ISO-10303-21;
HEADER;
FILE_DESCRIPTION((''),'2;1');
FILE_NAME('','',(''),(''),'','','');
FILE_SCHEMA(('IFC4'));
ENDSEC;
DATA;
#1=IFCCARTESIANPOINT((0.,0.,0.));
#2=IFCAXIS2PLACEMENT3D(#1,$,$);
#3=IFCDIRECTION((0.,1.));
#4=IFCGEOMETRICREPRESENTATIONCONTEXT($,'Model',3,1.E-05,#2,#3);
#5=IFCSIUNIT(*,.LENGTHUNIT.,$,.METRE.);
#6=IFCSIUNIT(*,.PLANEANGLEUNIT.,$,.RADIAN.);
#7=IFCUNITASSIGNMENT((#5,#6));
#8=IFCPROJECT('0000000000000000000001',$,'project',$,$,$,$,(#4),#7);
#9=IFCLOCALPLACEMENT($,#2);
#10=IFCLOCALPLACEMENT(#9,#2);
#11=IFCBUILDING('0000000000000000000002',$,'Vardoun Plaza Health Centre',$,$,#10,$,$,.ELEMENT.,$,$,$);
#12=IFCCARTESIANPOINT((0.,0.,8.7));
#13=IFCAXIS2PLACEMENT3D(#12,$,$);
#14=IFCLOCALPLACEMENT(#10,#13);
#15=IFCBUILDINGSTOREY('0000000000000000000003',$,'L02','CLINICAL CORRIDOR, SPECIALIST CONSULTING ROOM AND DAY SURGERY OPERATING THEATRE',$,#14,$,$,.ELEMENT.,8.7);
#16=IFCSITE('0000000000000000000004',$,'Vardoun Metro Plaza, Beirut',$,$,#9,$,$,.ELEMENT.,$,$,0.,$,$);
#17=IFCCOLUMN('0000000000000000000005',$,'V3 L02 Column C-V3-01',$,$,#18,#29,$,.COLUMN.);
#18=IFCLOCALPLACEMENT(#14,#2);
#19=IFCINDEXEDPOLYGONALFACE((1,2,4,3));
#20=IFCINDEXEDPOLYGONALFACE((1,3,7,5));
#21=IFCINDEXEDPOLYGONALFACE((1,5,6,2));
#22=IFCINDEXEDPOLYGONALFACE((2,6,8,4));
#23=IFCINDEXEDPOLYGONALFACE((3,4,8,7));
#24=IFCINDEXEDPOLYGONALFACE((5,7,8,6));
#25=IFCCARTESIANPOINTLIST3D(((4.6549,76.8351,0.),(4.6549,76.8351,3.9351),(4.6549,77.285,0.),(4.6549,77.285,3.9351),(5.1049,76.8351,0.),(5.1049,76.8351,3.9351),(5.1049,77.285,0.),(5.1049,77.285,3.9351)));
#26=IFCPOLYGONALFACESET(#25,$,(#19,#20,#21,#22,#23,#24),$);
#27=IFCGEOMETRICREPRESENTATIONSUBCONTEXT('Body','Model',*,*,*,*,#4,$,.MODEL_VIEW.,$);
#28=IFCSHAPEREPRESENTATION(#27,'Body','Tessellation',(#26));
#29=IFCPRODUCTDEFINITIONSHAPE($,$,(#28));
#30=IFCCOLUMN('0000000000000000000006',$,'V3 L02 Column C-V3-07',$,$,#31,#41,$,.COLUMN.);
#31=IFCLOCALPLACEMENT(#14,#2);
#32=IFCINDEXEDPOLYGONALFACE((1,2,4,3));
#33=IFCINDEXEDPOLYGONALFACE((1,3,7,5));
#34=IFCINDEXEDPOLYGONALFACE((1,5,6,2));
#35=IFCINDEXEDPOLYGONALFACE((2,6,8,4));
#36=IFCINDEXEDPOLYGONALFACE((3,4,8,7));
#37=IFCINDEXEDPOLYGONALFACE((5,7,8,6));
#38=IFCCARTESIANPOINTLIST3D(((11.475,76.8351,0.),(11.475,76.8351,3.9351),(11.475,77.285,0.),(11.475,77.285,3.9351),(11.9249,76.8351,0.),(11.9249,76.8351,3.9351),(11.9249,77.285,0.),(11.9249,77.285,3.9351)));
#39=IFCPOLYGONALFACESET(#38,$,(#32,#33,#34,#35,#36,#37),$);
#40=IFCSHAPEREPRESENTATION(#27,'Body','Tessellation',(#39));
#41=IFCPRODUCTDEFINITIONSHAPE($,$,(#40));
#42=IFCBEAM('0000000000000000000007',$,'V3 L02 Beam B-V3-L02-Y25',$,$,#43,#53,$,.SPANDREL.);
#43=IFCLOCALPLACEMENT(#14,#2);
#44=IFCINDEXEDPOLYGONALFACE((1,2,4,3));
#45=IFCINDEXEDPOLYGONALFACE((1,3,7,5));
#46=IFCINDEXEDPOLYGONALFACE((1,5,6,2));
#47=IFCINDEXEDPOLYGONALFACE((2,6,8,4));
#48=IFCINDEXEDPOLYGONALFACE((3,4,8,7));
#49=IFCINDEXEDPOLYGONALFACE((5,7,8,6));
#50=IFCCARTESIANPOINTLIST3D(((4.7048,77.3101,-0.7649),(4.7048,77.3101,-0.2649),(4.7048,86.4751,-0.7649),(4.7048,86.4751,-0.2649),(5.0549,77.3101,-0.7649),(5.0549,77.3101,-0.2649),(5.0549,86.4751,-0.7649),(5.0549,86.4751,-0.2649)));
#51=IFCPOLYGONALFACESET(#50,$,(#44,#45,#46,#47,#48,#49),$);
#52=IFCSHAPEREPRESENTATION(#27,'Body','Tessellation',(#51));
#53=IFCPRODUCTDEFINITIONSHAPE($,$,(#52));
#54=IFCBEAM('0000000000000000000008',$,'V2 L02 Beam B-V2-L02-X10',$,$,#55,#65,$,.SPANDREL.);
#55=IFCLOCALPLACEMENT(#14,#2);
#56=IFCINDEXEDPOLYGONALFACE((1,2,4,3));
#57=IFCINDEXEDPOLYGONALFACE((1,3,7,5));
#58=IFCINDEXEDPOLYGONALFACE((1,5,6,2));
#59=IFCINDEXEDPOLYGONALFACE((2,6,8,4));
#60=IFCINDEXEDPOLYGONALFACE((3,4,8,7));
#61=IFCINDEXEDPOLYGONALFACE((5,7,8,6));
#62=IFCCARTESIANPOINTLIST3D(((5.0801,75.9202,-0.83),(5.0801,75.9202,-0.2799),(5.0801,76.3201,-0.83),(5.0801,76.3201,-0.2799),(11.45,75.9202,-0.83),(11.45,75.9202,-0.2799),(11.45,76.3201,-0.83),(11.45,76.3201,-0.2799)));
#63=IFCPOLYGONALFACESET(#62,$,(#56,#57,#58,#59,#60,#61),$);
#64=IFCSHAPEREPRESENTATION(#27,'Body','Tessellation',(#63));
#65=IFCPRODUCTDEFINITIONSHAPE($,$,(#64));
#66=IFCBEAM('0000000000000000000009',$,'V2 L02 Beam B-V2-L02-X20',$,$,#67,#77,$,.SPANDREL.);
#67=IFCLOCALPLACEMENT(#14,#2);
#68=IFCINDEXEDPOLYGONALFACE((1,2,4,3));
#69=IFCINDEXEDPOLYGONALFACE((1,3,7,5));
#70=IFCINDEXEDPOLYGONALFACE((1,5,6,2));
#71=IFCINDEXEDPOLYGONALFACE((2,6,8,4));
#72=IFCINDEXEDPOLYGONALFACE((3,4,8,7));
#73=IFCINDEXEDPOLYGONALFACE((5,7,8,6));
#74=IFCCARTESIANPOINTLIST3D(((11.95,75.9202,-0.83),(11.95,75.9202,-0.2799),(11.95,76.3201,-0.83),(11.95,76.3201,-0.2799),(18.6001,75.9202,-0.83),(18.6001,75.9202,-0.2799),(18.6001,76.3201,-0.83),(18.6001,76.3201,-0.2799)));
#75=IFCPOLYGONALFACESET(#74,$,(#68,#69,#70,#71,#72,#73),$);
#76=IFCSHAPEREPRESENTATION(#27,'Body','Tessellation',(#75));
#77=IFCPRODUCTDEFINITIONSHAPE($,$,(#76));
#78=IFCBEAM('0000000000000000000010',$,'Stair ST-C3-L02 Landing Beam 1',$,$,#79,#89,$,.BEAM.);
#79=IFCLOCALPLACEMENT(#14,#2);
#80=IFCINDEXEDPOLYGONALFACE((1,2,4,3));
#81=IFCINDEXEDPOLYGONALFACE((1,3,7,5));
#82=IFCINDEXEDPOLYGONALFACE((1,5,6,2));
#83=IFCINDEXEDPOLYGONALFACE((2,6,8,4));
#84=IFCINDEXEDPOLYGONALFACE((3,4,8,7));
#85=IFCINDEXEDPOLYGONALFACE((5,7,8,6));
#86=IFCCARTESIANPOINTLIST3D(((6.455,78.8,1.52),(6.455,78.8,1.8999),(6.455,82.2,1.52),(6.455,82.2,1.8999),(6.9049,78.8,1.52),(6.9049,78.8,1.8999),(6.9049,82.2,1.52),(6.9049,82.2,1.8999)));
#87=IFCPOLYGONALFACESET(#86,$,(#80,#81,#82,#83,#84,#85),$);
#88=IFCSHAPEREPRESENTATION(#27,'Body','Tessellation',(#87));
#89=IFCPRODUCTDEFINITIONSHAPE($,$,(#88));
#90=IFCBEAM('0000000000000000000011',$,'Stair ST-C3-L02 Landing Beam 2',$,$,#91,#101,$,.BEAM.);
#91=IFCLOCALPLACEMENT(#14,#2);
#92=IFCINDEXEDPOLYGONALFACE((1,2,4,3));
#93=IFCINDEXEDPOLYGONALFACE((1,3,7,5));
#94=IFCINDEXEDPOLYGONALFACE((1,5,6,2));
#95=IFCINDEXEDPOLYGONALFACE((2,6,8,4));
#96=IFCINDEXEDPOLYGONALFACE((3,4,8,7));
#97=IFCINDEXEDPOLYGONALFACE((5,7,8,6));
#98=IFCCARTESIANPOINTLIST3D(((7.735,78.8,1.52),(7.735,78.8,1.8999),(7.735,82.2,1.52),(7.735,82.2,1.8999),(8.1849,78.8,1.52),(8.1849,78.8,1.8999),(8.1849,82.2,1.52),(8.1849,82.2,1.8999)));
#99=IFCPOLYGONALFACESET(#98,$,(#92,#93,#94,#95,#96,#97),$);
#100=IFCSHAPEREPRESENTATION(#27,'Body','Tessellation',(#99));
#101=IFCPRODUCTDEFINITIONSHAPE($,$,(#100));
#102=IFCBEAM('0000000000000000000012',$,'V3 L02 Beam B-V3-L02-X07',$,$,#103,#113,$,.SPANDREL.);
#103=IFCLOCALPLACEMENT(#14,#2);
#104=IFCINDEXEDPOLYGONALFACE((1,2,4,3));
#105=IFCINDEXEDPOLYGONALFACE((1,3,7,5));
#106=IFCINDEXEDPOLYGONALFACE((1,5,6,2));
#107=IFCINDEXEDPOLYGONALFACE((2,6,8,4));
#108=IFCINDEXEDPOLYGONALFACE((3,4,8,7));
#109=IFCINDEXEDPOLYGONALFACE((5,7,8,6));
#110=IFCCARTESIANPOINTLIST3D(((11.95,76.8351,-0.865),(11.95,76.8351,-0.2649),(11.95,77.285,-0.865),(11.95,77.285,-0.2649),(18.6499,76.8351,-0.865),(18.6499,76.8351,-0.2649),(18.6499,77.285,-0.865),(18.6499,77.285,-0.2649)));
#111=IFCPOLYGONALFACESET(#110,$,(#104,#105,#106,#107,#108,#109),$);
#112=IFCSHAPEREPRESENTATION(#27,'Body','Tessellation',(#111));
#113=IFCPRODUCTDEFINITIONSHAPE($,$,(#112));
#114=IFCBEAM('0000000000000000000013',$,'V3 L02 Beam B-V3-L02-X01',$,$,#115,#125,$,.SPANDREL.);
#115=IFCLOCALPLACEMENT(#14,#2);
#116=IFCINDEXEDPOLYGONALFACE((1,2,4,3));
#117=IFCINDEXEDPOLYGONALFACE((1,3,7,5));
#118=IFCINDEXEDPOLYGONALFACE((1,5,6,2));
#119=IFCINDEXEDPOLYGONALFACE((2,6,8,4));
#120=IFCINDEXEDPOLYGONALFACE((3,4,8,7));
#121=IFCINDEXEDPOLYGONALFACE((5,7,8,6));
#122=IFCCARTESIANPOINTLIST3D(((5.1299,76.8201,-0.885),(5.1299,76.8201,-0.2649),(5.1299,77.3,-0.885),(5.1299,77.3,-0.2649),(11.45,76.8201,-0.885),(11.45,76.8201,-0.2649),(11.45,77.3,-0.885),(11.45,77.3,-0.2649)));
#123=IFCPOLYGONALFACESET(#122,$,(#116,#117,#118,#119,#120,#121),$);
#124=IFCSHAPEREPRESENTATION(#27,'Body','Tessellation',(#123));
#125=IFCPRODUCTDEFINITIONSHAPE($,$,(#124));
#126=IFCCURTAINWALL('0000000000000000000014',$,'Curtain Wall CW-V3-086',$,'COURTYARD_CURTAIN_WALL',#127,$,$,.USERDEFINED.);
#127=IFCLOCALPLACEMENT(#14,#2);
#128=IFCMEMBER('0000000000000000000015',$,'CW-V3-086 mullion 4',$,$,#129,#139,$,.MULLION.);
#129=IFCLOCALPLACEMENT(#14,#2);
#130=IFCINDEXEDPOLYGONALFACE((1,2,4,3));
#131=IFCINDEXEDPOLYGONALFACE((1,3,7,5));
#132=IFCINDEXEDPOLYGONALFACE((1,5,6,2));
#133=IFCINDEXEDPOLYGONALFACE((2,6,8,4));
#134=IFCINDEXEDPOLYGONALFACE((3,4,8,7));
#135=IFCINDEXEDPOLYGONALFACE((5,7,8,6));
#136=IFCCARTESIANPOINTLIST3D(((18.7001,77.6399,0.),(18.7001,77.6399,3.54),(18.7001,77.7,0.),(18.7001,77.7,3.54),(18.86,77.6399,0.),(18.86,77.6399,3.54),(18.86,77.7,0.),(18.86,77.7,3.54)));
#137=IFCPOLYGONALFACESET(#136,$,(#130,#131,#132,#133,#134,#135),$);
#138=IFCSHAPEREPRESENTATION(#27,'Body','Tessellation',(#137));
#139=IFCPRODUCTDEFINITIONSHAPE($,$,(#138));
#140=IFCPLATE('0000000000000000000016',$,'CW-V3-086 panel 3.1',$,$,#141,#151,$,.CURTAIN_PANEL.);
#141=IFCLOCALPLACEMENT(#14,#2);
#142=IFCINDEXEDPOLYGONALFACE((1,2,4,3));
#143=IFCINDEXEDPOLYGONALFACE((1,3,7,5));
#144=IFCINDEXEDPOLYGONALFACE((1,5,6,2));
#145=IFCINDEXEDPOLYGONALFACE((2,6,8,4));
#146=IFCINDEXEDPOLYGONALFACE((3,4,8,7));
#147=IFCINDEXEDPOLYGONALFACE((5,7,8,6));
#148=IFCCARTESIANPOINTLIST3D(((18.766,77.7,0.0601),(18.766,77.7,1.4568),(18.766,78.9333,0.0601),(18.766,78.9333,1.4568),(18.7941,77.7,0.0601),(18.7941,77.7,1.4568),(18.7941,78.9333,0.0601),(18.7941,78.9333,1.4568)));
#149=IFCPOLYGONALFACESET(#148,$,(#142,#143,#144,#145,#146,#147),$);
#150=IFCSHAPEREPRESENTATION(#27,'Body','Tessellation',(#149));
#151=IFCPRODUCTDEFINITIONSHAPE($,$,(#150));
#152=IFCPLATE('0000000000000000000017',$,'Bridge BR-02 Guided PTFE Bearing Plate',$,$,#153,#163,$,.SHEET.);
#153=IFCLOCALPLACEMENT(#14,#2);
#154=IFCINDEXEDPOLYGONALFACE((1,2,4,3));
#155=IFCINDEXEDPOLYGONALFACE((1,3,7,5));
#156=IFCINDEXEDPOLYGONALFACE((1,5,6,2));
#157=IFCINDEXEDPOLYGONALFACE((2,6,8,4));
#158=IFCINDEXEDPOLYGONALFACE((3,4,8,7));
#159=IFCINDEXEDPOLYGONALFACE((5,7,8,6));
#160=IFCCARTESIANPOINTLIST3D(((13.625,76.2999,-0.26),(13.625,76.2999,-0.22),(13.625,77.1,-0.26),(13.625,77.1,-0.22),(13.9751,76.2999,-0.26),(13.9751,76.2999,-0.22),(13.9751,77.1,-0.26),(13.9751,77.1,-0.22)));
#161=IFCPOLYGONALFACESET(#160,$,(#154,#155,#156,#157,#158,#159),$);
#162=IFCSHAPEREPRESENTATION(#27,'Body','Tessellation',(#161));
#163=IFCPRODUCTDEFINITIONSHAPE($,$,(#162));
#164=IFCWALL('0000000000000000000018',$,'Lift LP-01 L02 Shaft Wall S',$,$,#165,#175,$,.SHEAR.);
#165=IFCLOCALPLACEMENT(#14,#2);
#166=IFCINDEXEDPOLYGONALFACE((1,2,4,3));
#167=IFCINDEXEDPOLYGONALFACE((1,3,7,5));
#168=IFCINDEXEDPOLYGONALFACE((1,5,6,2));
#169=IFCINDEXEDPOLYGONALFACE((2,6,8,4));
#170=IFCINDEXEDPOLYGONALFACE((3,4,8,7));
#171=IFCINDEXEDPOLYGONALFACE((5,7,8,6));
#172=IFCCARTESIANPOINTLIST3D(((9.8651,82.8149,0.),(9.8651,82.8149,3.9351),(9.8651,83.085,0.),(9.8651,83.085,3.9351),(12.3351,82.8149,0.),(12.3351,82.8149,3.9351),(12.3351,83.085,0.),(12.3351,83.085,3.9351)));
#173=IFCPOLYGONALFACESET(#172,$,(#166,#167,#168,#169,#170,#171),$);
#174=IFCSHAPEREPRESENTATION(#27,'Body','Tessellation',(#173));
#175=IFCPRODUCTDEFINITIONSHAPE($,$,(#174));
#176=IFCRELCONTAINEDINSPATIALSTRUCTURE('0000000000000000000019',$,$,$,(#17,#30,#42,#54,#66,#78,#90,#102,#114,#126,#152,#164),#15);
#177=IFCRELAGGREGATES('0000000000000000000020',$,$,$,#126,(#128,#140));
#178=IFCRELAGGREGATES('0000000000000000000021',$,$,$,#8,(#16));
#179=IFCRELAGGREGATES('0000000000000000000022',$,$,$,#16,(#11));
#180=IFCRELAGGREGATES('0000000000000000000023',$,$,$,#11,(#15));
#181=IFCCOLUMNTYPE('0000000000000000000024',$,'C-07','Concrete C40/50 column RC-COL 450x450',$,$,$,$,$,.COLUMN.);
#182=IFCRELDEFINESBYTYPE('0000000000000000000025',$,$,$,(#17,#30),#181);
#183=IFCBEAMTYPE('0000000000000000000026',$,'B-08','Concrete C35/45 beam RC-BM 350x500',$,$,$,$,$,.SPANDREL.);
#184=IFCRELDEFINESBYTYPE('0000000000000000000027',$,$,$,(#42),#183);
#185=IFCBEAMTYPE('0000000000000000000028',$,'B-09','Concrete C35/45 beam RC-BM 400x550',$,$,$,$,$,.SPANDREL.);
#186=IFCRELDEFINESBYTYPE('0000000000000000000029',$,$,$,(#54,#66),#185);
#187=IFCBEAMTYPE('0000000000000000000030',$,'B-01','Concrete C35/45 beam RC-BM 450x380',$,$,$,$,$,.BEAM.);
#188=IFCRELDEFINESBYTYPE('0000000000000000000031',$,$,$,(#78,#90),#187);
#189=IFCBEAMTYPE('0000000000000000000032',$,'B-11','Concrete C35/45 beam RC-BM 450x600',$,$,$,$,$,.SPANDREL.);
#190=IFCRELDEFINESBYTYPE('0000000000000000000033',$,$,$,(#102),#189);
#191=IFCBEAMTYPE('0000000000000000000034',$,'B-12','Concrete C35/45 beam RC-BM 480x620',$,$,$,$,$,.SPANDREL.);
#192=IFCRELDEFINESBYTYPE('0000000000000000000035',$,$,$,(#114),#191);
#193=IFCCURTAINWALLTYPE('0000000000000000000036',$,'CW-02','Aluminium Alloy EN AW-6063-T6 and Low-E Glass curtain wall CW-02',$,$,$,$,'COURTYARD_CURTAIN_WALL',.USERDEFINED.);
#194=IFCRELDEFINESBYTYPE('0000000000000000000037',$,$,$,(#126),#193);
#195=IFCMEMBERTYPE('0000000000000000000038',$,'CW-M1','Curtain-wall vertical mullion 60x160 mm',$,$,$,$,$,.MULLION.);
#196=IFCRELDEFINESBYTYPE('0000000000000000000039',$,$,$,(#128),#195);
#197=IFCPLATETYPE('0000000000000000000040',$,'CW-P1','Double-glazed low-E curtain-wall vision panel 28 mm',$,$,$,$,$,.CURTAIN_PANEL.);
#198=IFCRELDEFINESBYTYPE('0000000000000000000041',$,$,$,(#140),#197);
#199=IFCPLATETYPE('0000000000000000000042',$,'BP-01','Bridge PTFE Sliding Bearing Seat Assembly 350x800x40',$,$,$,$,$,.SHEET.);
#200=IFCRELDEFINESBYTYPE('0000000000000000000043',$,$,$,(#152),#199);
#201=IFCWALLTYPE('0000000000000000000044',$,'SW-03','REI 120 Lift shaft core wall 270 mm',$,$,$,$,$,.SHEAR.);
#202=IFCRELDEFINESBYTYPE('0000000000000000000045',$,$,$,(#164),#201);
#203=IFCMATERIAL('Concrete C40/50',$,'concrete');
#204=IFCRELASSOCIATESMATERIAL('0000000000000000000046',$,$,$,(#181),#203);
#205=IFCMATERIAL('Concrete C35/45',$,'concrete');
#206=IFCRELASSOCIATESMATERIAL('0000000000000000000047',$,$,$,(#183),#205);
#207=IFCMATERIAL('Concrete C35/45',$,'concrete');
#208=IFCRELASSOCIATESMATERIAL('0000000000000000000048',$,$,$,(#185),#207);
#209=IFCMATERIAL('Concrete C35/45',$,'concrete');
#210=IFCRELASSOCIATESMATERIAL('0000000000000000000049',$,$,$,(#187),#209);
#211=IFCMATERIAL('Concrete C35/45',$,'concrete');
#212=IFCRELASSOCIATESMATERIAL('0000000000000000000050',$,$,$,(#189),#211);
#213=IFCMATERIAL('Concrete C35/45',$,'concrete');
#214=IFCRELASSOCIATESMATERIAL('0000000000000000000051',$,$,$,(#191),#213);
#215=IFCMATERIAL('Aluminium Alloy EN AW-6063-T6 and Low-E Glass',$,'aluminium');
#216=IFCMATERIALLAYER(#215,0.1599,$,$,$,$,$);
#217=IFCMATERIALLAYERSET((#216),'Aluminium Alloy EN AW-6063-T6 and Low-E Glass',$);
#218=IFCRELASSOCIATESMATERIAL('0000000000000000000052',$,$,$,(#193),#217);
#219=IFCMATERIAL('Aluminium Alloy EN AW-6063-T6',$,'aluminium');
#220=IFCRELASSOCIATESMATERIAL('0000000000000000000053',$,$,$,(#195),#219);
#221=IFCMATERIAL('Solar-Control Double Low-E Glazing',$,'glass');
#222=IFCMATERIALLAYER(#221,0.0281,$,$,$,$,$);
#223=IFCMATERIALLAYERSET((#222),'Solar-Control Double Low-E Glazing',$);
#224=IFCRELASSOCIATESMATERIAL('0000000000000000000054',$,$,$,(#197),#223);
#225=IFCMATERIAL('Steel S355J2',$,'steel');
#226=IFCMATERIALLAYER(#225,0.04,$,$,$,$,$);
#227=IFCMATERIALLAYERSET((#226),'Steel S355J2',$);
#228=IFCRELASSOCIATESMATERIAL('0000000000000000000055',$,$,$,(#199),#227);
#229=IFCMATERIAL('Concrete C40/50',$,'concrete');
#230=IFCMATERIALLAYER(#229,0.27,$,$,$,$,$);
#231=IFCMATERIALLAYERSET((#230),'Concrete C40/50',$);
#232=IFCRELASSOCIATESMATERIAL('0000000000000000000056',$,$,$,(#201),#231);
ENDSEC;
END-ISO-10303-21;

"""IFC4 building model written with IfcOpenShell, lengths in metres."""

from ifc_helpers import new_model, si_unit, direction, frame, frame_2d, origin, origin_2d, place, context, subcontext, project, spatial, rectangle, extrude, material, layer, layer_set, material_profile, profile_set, type_object, element, aggregate, save


model = new_model("IFC4")

# Units and contexts
model_context = context("Model", 3, precision=1e-05, world=origin(), true_north=direction((0.0, 1.0)))
body_context = subcontext(model_context, "Body", "Model", "MODEL_VIEW")
ifc_project = project(units=[si_unit("LENGTHUNIT", "METRE"), si_unit("PLANEANGLEUNIT", "RADIAN")], contexts=[model_context])

# Site, building, storey
site_placement = place(None, origin())
site = spatial("IfcSite", under=ifc_project, at=site_placement, Name="Vardoun Metro Plaza, Beirut", CompositionType="ELEMENT", RefElevation=0.0)
building_placement = place(site_placement, origin())
building = spatial("IfcBuilding", under=site, at=building_placement, Name="Vardoun Plaza Health Centre", CompositionType="ELEMENT")
storey_placement = place(building_placement, frame((0.0, 0.0, 8.7)))
storey = spatial("IfcBuildingStorey", under=building, at=storey_placement, Name="L02", Description="CLINICAL CORRIDOR, SPECIALIST CONSULTING ROOM AND DAY SURGERY OPERATING THEATRE", CompositionType="ELEMENT", Elevation=8.7)

# Columns
ifc_material_1 = material(Name="Concrete C40/50", Category="concrete")
ifc_material_profile_1 = material_profile(ifc_material_1, rectangle(XDim=0.45, YDim=0.45, at=origin_2d()), Name="RC-COL 450x450")
ifc_profile_set_1 = profile_set([ifc_material_profile_1], Name="Concrete C40/50")
column_type = type_object("IfcColumnType", Name="C-07", Description="Concrete C40/50 column RC-COL 450x450", PredefinedType="COLUMN", material=ifc_profile_set_1)
for number, where, z_axis, x_axis, name in (
    (1, (4.8799, 77.0601, 0.0), (0.0, 0.0, 1.0), (1.0, 0.0, 0.0), "V3 L02 Column C-V3-01"),
    (2, (11.7, 77.0601, 0.0), (0.0, 0.0, 1.0), (1.0, 0.0, 0.0), "V3 L02 Column C-V3-07"),
):
    element("IfcColumn", number, at=place(storey_placement, frame(where, z_axis=z_axis, x_axis=x_axis)), inside=storey, type_object=column_type, Name=name, PredefinedType="COLUMN", context=body_context, shape_type="SweptSolid", body=[
        extrude(rectangle(XDim=0.45, YDim=0.45, at=origin_2d()), origin(), (0.0, 0.0, 1.0), 3.9351),
    ])

# Beams
ifc_material_2 = material(Name="Concrete C35/45", Category="concrete")
ifc_material_profile_2 = material_profile(ifc_material_2, rectangle(XDim=0.3501, YDim=0.5, at=origin_2d()), Name="RC-BM 350x500")
ifc_profile_set_2 = profile_set([ifc_material_profile_2], Name="Concrete C35/45")
beam_type_1 = type_object("IfcBeamType", Name="B-08", Description="Concrete C35/45 beam RC-BM 350x500", PredefinedType="SPANDREL", material=ifc_profile_set_2)
beam_1_placement = place(storey_placement, frame((4.8799, 77.3101, -0.5149), z_axis=(0.0, 1.0, 0.0), x_axis=(-1.0, 0.0, 0.0)))
element("IfcBeam", 3, at=beam_1_placement, inside=storey, type_object=beam_type_1, Name="V3 L02 Beam B-V3-L02-Y25", PredefinedType="SPANDREL", context=body_context, shape_type="SweptSolid", body=[
    extrude(rectangle(XDim=0.3501, YDim=0.5, at=origin_2d()), origin(), (0.0, 0.0, 1.0), 9.165),
])
ifc_material_3 = material(Name="Concrete C35/45", Category="concrete")
ifc_material_profile_3 = material_profile(ifc_material_3, rectangle(XDim=0.3999, YDim=0.55, at=origin_2d()), Name="RC-BM 400x550")
ifc_profile_set_3 = profile_set([ifc_material_profile_3], Name="Concrete C35/45")
beam_type_2 = type_object("IfcBeamType", Name="B-09", Description="Concrete C35/45 beam RC-BM 400x550", PredefinedType="SPANDREL", material=ifc_profile_set_3)
beam_2_placement = place(storey_placement, frame((5.0801, 76.1201, -0.5549), z_axis=(1.0, 0.0, 0.0), x_axis=(0.0, 1.0, 0.0)))
element("IfcBeam", 4, at=beam_2_placement, inside=storey, type_object=beam_type_2, Name="V2 L02 Beam B-V2-L02-X10", PredefinedType="SPANDREL", context=body_context, shape_type="SweptSolid", body=[
    extrude(rectangle(XDim=0.3999, YDim=0.55, at=origin_2d()), origin(), (0.0, 0.0, 1.0), 6.3699),
])
beam_3_placement = place(storey_placement, frame((11.95, 76.1201, -0.5549), z_axis=(1.0, 0.0, 0.0), x_axis=(0.0, 1.0, 0.0)))
element("IfcBeam", 5, at=beam_3_placement, inside=storey, type_object=beam_type_2, Name="V2 L02 Beam B-V2-L02-X20", PredefinedType="SPANDREL", context=body_context, shape_type="SweptSolid", body=[
    extrude(rectangle(XDim=0.3999, YDim=0.55, at=origin_2d()), origin(), (0.0, 0.0, 1.0), 6.6501),
])
ifc_material_4 = material(Name="Concrete C35/45", Category="concrete")
ifc_material_profile_4 = material_profile(ifc_material_4, rectangle(XDim=0.45, YDim=0.3799, at=origin_2d()), Name="RC-BM 450x380")
ifc_profile_set_4 = profile_set([ifc_material_profile_4], Name="Concrete C35/45")
beam_type_3 = type_object("IfcBeamType", Name="B-01", Description="Concrete C35/45 beam RC-BM 450x380", PredefinedType="BEAM", material=ifc_profile_set_4)
for number, where, z_axis, x_axis, name in (
    (6, (6.6799, 78.8, 1.71), (0.0, 1.0, 0.0), (-1.0, 0.0, 0.0), "Stair ST-C3-L02 Landing Beam 1"),
    (7, (7.96, 78.8, 1.71), (0.0, 1.0, 0.0), (-1.0, 0.0, 0.0), "Stair ST-C3-L02 Landing Beam 2"),
):
    element("IfcBeam", number, at=place(storey_placement, frame(where, z_axis=z_axis, x_axis=x_axis)), inside=storey, type_object=beam_type_3, Name=name, PredefinedType="BEAM", context=body_context, shape_type="SweptSolid", body=[
        extrude(rectangle(XDim=0.45, YDim=0.3799, at=origin_2d()), origin(), (0.0, 0.0, 1.0), 3.3999),
    ])
ifc_material_5 = material(Name="Concrete C35/45", Category="concrete")
ifc_material_profile_5 = material_profile(ifc_material_5, rectangle(XDim=0.45, YDim=0.6001, at=origin_2d()), Name="RC-BM 450x600")
ifc_profile_set_5 = profile_set([ifc_material_profile_5], Name="Concrete C35/45")
beam_type_4 = type_object("IfcBeamType", Name="B-11", Description="Concrete C35/45 beam RC-BM 450x600", PredefinedType="SPANDREL", material=ifc_profile_set_5)
beam_4_placement = place(storey_placement, frame((11.95, 77.0601, -0.5649), z_axis=(1.0, 0.0, 0.0), x_axis=(0.0, 1.0, 0.0)))
element("IfcBeam", 8, at=beam_4_placement, inside=storey, type_object=beam_type_4, Name="V3 L02 Beam B-V3-L02-X07", PredefinedType="SPANDREL", context=body_context, shape_type="SweptSolid", body=[
    extrude(rectangle(XDim=0.45, YDim=0.6001, at=origin_2d()), origin(), (0.0, 0.0, 1.0), 6.7),
])
ifc_material_6 = material(Name="Concrete C35/45", Category="concrete")
ifc_material_profile_6 = material_profile(ifc_material_6, rectangle(XDim=0.48, YDim=0.6201, at=origin_2d()), Name="RC-BM 480x620")
ifc_profile_set_6 = profile_set([ifc_material_profile_6], Name="Concrete C35/45")
beam_type_5 = type_object("IfcBeamType", Name="B-12", Description="Concrete C35/45 beam RC-BM 480x620", PredefinedType="SPANDREL", material=ifc_profile_set_6)
beam_5_placement = place(storey_placement, frame((5.1299, 77.0601, -0.575), z_axis=(1.0, 0.0, 0.0), x_axis=(0.0, 1.0, 0.0)))
element("IfcBeam", 9, at=beam_5_placement, inside=storey, type_object=beam_type_5, Name="V3 L02 Beam B-V3-L02-X01", PredefinedType="SPANDREL", context=body_context, shape_type="SweptSolid", body=[
    extrude(rectangle(XDim=0.48, YDim=0.6201, at=origin_2d()), origin(), (0.0, 0.0, 1.0), 6.3201),
])

# Curtain wall, member, plate
ifc_material_7 = material(Name="Aluminium Alloy EN AW-6063-T6 and Low-E Glass", Category="aluminium")
ifc_layer_1 = layer(ifc_material_7, 0.1599)
ifc_layer_set_1 = layer_set([ifc_layer_1], Name="Aluminium Alloy EN AW-6063-T6 and Low-E Glass")
curtain_wall_type = type_object("IfcCurtainWallType", Name="CW-02", Description="Aluminium Alloy EN AW-6063-T6 and Low-E Glass curtain wall CW-02", ElementType="COURTYARD_CURTAIN_WALL", PredefinedType="USERDEFINED", material=ifc_layer_set_1)
curtain_wall_placement = place(storey_placement, origin())
curtain_wall = element("IfcCurtainWall", 10, at=curtain_wall_placement, inside=storey, type_object=curtain_wall_type, Name="Curtain Wall CW-V3-086", ObjectType="COURTYARD_CURTAIN_WALL", PredefinedType="USERDEFINED")
ifc_material_8 = material(Name="Aluminium Alloy EN AW-6063-T6", Category="aluminium")
ifc_material_profile_7 = material_profile(ifc_material_8, rectangle(XDim=0.1599, YDim=0.0601, at=origin_2d()), Name="CWM 60x160")
ifc_profile_set_7 = profile_set([ifc_material_profile_7], Name="Aluminium Alloy EN AW-6063-T6")
member_type = type_object("IfcMemberType", Name="CW-M1", Description="Curtain-wall vertical mullion 60x160 mm", PredefinedType="MULLION", material=ifc_profile_set_7)
member_placement = place(storey_placement, frame((18.78, 77.6699, 0.0), z_axis=(0.0, 0.0, 1.0), x_axis=(1.0, 0.0, 0.0)))
member = element("IfcMember", 11, at=member_placement, type_object=member_type, Name="CW-V3-086 mullion 4", PredefinedType="MULLION", context=body_context, shape_type="SweptSolid", body=[
    extrude(rectangle(XDim=0.1599, YDim=0.0601, at=origin_2d()), origin(), (0.0, 0.0, 1.0), 3.54),
])
ifc_material_9 = material(Name="Solar-Control Double Low-E Glazing", Category="glass")
ifc_layer_2 = layer(ifc_material_9, 0.0281)
ifc_layer_set_2 = layer_set([ifc_layer_2], Name="Solar-Control Double Low-E Glazing")
plate_type_1 = type_object("IfcPlateType", Name="CW-P1", Description="Double-glazed low-E curtain-wall vision panel 28 mm", PredefinedType="CURTAIN_PANEL", material=ifc_layer_set_2)
plate_1_placement = place(storey_placement, frame((18.78, 78.3167, 0.0601), z_axis=(0.0, 0.0, 1.0), x_axis=(0.0, -1.0, 0.0)))
plate_1 = element("IfcPlate", 12, at=plate_1_placement, type_object=plate_type_1, Name="CW-V3-086 panel 3.1", PredefinedType="CURTAIN_PANEL", context=body_context, shape_type="SweptSolid", body=[
    extrude(rectangle(XDim=1.2334, YDim=0.0281, at=origin_2d()), origin(), (0.0, 0.0, 1.0), 1.3967),
])
aggregate(curtain_wall, [member, plate_1])

# Plate
ifc_material_10 = material(Name="Steel S355J2", Category="steel")
ifc_layer_3 = layer(ifc_material_10, 0.04)
ifc_layer_set_3 = layer_set([ifc_layer_3], Name="Steel S355J2")
plate_type_2 = type_object("IfcPlateType", Name="BP-01", Description="Bridge PTFE Sliding Bearing Seat Assembly 350x800x40", PredefinedType="SHEET", material=ifc_layer_set_3)
plate_2_placement = place(storey_placement, frame((13.8, 76.7, -0.26), z_axis=(0.0, 0.0, 1.0), x_axis=(1.0, 0.0, 0.0)))
element("IfcPlate", 13, at=plate_2_placement, inside=storey, type_object=plate_type_2, Name="Bridge BR-02 Guided PTFE Bearing Plate", PredefinedType="SHEET", context=body_context, shape_type="SweptSolid", body=[
    extrude(rectangle(XDim=0.3501, YDim=0.8, at=origin_2d()), origin(), (0.0, 0.0, 1.0), 0.04),
])

# Wall
ifc_material_11 = material(Name="Concrete C40/50", Category="concrete")
ifc_layer_4 = layer(ifc_material_11, 0.27)
ifc_layer_set_4 = layer_set([ifc_layer_4], Name="Concrete C40/50")
wall_type_1 = type_object("IfcWallType", Name="SW-03", Description="REI 120 Lift shaft core wall 270 mm", PredefinedType="SHEAR", material=ifc_layer_set_4)
wall_1_placement = place(storey_placement, frame((12.335, 82.95, 0.0), z_axis=(0.0, 0.0, 1.0), x_axis=(-1.0, 0.0, 0.0)))
element("IfcWall", 14, at=wall_1_placement, inside=storey, type_object=wall_type_1, Name="Lift LP-01 L02 Shaft Wall S", PredefinedType="SHEAR", context=body_context, shape_type="SweptSolid", body=[
    extrude(rectangle(XDim=2.47, YDim=0.27, at=frame_2d((1.2349, 0.0))), origin(), (0.0, 0.0, 1.0), 3.9351),
])

save(model, "model.ifc")
